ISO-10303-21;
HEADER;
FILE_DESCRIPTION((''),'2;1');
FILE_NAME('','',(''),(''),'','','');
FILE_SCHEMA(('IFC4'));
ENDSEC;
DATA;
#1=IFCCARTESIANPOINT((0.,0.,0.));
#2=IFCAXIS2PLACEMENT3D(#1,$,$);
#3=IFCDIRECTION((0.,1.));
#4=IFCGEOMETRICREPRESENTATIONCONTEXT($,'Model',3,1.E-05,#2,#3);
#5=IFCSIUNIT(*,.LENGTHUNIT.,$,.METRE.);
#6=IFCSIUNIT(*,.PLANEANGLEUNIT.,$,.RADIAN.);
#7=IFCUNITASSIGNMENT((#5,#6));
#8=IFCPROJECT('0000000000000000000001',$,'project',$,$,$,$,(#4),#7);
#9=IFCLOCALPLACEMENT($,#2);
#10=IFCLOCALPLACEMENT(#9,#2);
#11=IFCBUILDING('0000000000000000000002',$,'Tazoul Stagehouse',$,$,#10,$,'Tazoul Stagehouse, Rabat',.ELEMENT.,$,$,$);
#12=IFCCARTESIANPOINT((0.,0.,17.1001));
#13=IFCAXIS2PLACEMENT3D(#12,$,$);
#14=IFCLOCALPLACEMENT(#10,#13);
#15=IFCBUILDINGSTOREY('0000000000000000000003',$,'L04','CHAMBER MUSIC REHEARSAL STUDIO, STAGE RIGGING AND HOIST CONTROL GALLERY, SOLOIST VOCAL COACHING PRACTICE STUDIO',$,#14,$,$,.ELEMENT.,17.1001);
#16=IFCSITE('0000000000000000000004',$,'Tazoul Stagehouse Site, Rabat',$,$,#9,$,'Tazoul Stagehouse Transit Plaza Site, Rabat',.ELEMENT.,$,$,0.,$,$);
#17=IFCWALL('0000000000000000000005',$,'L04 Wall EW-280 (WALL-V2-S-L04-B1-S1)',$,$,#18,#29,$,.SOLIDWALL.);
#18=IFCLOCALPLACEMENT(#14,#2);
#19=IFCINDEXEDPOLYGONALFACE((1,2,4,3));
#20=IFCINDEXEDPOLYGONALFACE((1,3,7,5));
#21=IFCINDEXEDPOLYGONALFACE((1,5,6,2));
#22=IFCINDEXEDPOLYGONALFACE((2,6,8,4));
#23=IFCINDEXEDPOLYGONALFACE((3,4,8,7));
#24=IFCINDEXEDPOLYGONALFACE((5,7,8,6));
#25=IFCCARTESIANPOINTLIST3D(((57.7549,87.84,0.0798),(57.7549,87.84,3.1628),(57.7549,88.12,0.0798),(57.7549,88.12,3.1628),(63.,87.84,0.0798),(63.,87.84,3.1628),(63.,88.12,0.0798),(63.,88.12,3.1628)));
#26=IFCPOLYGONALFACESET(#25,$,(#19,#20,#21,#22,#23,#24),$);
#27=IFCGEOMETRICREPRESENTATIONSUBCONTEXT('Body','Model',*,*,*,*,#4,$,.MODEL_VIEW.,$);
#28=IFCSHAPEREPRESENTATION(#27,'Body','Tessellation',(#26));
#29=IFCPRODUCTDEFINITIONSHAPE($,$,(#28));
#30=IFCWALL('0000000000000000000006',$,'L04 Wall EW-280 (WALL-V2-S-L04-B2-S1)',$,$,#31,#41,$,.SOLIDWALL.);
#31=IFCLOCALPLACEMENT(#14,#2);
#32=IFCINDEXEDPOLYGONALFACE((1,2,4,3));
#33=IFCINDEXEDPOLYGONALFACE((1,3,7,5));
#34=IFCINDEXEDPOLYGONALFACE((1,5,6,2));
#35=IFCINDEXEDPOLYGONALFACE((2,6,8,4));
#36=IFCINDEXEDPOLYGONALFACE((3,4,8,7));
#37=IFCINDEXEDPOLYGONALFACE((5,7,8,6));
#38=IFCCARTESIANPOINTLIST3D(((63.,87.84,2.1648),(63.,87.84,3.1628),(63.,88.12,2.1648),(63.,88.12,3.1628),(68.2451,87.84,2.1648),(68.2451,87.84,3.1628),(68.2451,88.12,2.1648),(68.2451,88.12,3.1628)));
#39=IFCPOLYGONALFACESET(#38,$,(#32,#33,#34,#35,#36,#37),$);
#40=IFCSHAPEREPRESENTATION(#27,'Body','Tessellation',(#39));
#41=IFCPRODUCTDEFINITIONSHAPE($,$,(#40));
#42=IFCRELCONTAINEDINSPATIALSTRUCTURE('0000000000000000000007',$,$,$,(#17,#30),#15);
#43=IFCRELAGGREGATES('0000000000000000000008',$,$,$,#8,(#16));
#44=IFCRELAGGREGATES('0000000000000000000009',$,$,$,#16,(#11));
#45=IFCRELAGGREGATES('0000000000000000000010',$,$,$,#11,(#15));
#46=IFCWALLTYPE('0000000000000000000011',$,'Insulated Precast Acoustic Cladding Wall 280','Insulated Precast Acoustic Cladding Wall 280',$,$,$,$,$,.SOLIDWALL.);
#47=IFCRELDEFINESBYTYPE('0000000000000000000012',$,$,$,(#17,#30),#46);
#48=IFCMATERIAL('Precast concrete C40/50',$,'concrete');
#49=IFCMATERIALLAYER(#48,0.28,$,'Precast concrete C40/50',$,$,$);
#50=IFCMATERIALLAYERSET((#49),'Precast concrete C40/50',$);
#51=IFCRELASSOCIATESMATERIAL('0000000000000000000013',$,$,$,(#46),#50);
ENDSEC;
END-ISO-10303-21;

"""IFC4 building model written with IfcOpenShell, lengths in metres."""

from ifc_helpers import new_model, si_unit, direction, frame, frame_2d, origin, place, context, subcontext, project, spatial, rectangle, extrude, material, layer, layer_set, type_object, element, save


model = new_model("IFC4")

# Units and contexts
model_context = context("Model", 3, precision=1e-05, world=origin(), true_north=direction((0.0, 1.0)))
body_context = subcontext(model_context, "Body", "Model", "MODEL_VIEW")
ifc_project = project(units=[si_unit("LENGTHUNIT", "METRE"), si_unit("PLANEANGLEUNIT", "RADIAN")], contexts=[model_context])

# Site, building, storey
site_placement = place(None, origin())
site = spatial("IfcSite", under=ifc_project, at=site_placement, Name="Tazoul Stagehouse Site, Rabat", LongName="Tazoul Stagehouse Transit Plaza Site, Rabat", CompositionType="ELEMENT", RefElevation=0.0)
building_placement = place(site_placement, origin())
building = spatial("IfcBuilding", under=site, at=building_placement, Name="Tazoul Stagehouse", LongName="Tazoul Stagehouse, Rabat", CompositionType="ELEMENT")
storey_placement = place(building_placement, frame((0.0, 0.0, 17.1001)))
storey = spatial("IfcBuildingStorey", under=building, at=storey_placement, Name="L04", Description="CHAMBER MUSIC REHEARSAL STUDIO, STAGE RIGGING AND HOIST CONTROL GALLERY, SOLOIST VOCAL COACHING PRACTICE STUDIO", CompositionType="ELEMENT", Elevation=17.1001)

# Walls
ifc_material_1 = material(Name="Precast concrete C40/50", Category="concrete")
ifc_layer_1 = layer(ifc_material_1, 0.28, Name="Precast concrete C40/50")
ifc_layer_set_1 = layer_set([ifc_layer_1], Name="Precast concrete C40/50")
wall_type_1 = type_object("IfcWallType", Name="Insulated Precast Acoustic Cladding Wall 280", Description="Insulated Precast Acoustic Cladding Wall 280", PredefinedType="SOLIDWALL", material=ifc_layer_set_1)
wall_1_placement = place(storey_placement, frame((57.7549, 87.98, 0.0798), z_axis=(0.0, 0.0, 1.0), x_axis=(1.0, 0.0, 0.0)))
element("IfcWall", 1, at=wall_1_placement, inside=storey, type_object=wall_type_1, Name="L04 Wall EW-280 (WALL-V2-S-L04-B1-S1)", PredefinedType="SOLIDWALL", context=body_context, shape_type="SweptSolid", body=[
    extrude(rectangle(XDim=5.2451, YDim=0.28, at=frame_2d((2.6226, 0.0))), origin(), (0.0, 0.0, 1.0), 3.083),
])
wall_2_placement = place(storey_placement, frame((63.0, 87.98, 2.1648), z_axis=(0.0, 0.0, 1.0), x_axis=(1.0, 0.0, 0.0)))
element("IfcWall", 2, at=wall_2_placement, inside=storey, type_object=wall_type_1, Name="L04 Wall EW-280 (WALL-V2-S-L04-B2-S1)", PredefinedType="SOLIDWALL", context=body_context, shape_type="SweptSolid", body=[
    extrude(rectangle(XDim=5.2451, YDim=0.28, at=frame_2d((2.6226, 0.0))), origin(), (0.0, 0.0, 1.0), 0.998),
])

save(model, "model.ifc")
